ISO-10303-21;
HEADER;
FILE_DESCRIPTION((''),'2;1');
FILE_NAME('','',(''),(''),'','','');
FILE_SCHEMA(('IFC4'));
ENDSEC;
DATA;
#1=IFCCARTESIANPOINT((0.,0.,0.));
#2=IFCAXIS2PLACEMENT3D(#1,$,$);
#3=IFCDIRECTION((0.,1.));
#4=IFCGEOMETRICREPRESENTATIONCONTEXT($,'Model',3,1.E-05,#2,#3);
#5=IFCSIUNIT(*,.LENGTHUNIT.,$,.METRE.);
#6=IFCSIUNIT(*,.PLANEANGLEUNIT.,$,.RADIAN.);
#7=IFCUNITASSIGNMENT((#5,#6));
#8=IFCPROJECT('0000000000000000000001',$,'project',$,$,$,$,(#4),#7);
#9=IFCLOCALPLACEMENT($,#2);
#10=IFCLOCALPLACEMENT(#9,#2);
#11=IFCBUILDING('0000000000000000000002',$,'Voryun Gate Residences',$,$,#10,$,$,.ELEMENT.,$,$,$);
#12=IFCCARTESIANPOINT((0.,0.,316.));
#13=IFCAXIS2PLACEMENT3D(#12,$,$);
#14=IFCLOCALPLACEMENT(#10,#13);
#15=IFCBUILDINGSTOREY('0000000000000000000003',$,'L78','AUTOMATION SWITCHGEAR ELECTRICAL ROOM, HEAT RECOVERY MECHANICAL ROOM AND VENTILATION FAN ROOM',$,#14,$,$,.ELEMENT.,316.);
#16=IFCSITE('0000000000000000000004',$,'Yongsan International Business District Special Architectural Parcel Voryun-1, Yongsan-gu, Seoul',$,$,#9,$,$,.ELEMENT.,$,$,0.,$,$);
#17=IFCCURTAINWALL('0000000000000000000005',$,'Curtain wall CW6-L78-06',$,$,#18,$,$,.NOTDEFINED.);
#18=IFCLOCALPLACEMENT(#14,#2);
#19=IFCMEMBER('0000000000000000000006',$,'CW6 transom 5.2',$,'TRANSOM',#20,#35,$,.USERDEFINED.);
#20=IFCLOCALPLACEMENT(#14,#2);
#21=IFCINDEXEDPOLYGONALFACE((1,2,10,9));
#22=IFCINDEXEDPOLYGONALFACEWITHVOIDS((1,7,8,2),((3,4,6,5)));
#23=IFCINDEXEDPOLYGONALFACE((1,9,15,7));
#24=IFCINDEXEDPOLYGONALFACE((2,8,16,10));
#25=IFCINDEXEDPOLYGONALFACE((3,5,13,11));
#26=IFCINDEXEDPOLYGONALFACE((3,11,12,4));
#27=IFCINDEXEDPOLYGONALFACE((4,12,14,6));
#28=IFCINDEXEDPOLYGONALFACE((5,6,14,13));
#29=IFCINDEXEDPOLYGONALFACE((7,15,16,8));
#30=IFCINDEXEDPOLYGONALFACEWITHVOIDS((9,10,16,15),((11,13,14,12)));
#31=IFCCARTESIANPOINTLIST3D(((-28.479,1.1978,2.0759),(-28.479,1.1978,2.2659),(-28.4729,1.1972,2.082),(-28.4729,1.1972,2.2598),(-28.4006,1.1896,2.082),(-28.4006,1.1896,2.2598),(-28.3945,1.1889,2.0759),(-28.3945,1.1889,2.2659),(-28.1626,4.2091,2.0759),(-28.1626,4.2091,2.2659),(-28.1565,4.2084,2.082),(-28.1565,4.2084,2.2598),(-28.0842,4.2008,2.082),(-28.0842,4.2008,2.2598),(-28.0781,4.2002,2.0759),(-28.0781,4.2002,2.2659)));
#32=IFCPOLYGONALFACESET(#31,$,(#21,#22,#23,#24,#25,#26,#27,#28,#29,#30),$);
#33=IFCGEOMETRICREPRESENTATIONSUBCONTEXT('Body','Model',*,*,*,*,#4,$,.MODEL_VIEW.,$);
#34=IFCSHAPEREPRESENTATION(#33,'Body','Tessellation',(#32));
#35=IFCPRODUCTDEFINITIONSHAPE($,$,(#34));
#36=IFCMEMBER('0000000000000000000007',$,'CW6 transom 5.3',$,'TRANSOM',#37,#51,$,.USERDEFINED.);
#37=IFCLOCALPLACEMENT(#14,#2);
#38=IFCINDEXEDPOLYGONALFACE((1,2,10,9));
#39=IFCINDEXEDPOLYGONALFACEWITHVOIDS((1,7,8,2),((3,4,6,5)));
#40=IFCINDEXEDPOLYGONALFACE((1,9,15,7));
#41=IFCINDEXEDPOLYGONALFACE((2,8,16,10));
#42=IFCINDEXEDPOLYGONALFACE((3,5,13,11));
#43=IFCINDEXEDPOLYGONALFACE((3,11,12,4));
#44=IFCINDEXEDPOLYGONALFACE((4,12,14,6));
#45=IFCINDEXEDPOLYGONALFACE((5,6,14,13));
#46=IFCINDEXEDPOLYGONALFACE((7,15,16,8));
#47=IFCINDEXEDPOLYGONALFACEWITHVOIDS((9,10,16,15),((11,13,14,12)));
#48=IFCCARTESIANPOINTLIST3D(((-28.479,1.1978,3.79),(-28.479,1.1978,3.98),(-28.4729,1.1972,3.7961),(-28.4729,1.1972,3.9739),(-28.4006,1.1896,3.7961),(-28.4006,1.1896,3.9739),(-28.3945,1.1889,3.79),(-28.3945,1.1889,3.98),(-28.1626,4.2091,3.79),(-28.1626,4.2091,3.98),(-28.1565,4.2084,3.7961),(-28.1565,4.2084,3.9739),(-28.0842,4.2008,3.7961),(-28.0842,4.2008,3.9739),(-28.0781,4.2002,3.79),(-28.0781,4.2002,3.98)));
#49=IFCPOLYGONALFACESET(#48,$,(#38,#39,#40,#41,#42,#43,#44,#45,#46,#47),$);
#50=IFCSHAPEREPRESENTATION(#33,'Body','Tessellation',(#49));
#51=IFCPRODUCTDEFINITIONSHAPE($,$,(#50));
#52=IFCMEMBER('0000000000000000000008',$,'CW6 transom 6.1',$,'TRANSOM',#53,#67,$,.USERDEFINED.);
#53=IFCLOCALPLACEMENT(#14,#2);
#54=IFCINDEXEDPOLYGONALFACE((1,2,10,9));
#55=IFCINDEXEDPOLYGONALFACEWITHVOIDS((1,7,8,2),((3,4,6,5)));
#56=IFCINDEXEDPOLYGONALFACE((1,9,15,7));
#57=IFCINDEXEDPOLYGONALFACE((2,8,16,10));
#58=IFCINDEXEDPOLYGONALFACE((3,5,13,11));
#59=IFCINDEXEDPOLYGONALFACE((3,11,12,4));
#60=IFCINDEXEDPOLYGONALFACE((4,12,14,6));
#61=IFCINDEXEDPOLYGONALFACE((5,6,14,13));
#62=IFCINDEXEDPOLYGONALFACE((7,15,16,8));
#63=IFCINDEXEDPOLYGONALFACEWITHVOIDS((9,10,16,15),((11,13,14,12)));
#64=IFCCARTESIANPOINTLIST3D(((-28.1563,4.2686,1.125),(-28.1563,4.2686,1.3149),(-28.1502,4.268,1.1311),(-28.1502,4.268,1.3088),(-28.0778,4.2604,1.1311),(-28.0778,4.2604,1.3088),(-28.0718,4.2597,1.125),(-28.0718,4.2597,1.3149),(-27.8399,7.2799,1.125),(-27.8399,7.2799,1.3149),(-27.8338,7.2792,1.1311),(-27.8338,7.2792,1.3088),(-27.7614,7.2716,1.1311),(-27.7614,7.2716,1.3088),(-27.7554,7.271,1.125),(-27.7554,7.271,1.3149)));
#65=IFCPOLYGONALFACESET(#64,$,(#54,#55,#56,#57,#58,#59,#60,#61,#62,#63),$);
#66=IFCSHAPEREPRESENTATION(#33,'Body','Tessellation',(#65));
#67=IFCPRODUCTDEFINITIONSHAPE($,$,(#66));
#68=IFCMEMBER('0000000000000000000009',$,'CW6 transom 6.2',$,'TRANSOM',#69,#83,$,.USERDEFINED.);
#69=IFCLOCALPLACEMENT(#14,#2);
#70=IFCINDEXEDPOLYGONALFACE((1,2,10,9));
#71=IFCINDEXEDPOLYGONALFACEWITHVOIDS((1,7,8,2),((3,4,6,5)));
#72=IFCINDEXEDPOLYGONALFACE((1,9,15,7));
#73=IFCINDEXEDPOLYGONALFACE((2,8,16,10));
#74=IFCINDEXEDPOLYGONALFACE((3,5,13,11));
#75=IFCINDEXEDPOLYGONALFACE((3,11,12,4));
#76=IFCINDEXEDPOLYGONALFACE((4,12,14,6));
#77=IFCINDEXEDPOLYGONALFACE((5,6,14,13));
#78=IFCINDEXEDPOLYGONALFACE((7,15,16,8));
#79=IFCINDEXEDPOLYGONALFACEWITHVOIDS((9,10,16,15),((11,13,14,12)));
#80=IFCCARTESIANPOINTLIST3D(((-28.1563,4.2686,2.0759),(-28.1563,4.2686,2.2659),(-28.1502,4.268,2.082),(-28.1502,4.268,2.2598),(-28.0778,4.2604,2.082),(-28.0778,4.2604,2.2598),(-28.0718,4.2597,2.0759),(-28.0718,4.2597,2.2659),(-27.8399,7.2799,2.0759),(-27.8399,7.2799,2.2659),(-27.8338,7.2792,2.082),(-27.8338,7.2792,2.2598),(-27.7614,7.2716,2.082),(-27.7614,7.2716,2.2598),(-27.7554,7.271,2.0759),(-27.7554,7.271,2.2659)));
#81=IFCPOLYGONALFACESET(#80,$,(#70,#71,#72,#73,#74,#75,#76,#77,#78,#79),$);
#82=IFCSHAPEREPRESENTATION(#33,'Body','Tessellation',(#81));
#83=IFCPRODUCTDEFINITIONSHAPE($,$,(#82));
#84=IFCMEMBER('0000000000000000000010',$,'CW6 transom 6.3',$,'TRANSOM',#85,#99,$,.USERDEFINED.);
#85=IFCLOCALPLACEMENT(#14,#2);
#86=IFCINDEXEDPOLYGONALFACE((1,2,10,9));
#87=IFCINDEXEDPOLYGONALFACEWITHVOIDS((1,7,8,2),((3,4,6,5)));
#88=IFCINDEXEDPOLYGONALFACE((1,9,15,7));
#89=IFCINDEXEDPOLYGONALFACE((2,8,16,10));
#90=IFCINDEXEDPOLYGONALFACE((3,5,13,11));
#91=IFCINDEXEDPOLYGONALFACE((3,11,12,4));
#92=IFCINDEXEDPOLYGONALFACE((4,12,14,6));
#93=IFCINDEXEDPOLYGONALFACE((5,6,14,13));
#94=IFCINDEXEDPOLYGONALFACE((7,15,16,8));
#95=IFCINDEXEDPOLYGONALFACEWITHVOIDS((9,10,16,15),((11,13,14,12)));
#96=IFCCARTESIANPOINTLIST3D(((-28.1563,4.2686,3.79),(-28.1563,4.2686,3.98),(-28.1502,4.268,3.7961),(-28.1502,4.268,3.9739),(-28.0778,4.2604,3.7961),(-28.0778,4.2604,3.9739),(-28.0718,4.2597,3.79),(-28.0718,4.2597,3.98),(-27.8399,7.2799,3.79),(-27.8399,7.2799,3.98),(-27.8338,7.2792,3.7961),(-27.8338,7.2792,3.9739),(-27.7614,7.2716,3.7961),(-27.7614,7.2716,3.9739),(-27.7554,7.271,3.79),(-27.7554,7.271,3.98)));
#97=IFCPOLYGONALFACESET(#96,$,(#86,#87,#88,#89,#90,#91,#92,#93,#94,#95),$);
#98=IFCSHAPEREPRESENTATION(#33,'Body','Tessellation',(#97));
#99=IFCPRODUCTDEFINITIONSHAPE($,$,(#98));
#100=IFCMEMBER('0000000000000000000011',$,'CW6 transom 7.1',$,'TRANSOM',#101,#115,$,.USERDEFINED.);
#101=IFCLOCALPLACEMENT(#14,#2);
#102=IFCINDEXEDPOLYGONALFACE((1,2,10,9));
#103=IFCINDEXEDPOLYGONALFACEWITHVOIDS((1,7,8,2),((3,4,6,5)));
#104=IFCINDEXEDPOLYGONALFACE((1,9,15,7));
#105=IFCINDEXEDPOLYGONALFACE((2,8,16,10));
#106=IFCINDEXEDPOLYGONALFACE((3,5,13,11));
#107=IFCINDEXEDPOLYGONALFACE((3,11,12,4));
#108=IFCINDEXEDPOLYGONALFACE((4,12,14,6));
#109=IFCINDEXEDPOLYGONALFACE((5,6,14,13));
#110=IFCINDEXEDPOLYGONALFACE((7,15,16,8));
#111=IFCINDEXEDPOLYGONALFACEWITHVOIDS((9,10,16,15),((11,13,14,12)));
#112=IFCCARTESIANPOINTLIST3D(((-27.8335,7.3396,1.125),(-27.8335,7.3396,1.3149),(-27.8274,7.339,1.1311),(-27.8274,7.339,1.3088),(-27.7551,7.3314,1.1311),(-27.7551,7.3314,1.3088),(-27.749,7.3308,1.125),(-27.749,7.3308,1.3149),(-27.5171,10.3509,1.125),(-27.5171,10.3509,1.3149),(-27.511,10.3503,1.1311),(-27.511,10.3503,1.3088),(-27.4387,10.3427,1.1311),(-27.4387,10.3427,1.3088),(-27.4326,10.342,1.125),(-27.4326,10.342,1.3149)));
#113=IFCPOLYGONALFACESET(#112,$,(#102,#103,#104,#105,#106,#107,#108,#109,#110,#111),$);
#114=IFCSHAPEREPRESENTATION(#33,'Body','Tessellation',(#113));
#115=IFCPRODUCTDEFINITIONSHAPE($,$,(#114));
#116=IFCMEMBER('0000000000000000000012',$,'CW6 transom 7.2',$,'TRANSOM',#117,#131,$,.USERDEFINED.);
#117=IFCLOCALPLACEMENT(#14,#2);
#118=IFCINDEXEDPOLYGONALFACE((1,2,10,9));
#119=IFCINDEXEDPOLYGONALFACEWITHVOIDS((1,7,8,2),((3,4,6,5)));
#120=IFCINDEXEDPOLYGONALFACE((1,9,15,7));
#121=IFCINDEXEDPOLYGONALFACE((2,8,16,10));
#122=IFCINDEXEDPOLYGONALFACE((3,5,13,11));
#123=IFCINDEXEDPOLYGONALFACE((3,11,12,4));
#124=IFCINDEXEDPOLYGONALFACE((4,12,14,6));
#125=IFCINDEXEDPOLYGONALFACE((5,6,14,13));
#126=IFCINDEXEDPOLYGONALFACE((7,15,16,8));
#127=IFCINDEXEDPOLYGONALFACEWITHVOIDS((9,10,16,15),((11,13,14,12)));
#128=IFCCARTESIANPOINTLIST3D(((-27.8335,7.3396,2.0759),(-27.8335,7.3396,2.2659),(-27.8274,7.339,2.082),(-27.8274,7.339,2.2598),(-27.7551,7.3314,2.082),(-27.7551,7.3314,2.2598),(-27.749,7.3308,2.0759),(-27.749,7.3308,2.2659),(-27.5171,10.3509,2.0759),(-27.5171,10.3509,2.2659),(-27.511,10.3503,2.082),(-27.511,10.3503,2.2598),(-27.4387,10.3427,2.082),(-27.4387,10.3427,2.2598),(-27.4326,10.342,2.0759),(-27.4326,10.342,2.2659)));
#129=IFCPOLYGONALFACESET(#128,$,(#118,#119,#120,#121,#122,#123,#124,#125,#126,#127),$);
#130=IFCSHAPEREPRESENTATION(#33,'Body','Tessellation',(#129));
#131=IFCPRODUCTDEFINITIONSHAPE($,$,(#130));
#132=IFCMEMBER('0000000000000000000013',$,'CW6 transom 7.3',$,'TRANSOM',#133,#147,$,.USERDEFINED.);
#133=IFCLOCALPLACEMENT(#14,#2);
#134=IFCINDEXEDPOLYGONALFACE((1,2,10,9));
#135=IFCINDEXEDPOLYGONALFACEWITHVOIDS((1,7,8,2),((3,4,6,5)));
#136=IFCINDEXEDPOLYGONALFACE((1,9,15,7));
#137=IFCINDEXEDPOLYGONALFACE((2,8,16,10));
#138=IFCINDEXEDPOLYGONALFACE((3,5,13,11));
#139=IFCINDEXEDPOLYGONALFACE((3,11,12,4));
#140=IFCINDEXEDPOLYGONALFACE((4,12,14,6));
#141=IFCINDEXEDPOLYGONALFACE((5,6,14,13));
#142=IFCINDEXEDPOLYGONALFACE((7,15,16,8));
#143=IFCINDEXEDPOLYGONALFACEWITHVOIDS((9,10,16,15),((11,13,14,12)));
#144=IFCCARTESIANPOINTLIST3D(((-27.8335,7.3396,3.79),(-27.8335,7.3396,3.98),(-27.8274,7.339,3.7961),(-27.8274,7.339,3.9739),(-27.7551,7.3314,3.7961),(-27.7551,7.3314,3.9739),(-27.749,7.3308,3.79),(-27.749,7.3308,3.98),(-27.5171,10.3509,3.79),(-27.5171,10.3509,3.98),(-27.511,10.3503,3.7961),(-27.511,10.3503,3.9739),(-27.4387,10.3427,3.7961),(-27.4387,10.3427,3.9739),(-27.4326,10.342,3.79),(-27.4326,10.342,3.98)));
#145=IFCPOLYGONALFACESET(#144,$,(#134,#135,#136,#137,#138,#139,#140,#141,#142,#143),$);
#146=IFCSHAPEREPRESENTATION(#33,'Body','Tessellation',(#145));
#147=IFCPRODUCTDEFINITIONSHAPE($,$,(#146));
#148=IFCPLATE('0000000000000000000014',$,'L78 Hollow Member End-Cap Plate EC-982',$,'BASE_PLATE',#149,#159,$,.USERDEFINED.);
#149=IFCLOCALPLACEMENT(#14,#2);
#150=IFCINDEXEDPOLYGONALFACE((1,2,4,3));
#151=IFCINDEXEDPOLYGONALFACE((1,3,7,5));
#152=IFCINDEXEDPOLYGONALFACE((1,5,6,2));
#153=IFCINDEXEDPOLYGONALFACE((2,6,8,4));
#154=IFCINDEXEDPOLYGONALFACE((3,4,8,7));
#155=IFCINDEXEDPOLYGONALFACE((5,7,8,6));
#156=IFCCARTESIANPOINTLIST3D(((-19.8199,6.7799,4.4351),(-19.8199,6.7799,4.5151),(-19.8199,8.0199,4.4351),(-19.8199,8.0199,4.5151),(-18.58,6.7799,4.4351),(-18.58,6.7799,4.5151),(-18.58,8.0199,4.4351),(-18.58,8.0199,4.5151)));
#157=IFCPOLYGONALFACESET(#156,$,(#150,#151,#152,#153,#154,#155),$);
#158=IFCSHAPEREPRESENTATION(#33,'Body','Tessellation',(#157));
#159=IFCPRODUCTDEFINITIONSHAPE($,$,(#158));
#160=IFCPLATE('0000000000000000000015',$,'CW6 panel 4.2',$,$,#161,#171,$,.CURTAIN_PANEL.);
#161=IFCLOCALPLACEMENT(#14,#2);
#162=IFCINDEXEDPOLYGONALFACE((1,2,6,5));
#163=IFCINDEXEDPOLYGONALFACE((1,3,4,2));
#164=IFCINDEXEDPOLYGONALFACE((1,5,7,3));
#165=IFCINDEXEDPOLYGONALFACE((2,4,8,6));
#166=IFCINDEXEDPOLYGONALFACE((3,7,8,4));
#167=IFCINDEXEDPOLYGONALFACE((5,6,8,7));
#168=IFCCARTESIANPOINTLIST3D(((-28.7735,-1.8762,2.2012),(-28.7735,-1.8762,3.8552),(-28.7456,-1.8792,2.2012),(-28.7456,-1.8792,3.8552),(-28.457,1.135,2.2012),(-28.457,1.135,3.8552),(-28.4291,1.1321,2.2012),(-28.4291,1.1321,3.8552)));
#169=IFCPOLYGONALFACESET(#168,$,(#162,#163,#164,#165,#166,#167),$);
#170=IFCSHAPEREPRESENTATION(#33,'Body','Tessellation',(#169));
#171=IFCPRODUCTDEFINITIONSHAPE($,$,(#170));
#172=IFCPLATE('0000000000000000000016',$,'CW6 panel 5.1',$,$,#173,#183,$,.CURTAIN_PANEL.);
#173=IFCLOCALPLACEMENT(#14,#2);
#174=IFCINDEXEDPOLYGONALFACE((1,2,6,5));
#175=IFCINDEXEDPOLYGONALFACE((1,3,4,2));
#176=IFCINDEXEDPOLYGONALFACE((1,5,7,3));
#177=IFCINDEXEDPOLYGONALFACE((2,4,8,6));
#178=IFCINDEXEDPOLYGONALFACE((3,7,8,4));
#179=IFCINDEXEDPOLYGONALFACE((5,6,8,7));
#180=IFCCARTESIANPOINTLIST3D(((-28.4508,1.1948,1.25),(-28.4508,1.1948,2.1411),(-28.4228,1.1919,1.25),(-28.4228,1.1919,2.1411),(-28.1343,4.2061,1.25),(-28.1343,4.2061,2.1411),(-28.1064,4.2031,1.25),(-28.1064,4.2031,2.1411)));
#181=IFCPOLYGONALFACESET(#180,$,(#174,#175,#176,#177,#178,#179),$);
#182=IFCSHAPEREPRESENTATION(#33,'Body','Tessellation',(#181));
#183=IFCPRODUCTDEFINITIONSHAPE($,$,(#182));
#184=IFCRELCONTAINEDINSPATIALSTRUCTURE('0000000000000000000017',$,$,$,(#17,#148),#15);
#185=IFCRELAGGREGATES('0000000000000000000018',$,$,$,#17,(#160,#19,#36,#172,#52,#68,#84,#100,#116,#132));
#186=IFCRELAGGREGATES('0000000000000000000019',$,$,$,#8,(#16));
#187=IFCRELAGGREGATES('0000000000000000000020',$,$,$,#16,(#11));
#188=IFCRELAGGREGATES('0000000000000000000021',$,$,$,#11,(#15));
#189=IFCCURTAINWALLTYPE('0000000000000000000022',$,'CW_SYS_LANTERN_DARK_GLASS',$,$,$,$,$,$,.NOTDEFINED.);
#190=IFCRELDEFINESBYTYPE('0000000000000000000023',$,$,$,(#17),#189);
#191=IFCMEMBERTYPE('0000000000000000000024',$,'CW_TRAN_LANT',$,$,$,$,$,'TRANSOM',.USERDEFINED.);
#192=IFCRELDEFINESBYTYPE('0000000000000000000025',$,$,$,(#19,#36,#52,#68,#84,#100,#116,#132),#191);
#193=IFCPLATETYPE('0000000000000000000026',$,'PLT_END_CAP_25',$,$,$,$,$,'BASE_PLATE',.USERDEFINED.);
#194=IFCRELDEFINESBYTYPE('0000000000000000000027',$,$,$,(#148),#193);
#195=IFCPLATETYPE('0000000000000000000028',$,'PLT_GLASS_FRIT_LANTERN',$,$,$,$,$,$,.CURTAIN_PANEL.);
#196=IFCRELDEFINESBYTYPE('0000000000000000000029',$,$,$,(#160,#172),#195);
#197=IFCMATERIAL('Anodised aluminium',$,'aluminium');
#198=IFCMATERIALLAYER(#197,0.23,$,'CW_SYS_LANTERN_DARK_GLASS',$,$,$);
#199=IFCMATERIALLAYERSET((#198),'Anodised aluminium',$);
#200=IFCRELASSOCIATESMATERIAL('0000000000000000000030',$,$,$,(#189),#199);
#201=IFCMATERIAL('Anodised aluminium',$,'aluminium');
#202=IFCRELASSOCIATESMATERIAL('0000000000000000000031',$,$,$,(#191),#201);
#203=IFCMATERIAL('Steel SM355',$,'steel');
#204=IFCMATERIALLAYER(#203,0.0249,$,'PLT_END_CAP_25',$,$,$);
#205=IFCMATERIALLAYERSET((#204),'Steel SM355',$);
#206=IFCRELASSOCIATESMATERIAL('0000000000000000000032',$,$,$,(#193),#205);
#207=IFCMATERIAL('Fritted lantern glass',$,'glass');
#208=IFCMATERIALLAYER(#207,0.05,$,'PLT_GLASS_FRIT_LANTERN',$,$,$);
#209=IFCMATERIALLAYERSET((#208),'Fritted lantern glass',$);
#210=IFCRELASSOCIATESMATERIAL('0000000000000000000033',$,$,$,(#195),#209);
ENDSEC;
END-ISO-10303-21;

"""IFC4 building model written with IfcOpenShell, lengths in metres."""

from ifc_helpers import new_model, si_unit, direction, frame, origin, origin_2d, place, context, subcontext, project, spatial, rectangle, hollow_rectangle, extrude, material, layer, layer_set, material_profile, profile_set, type_object, element, aggregate, save


model = new_model("IFC4")

# Units and contexts
model_context = context("Model", 3, precision=1e-05, world=origin(), true_north=direction((0.0, 1.0)))
body_context = subcontext(model_context, "Body", "Model", "MODEL_VIEW")
ifc_project = project(units=[si_unit("LENGTHUNIT", "METRE"), si_unit("PLANEANGLEUNIT", "RADIAN")], contexts=[model_context])

# Site, building, storey
site_placement = place(None, origin())
site = spatial("IfcSite", under=ifc_project, at=site_placement, Name="Yongsan International Business District Special Architectural Parcel Voryun-1, Yongsan-gu, Seoul", CompositionType="ELEMENT", RefElevation=0.0)
building_placement = place(site_placement, origin())
building = spatial("IfcBuilding", under=site, at=building_placement, Name="Voryun Gate Residences", CompositionType="ELEMENT")
storey_placement = place(building_placement, frame((0.0, 0.0, 316.0)))
storey = spatial("IfcBuildingStorey", under=building, at=storey_placement, Name="L78", Description="AUTOMATION SWITCHGEAR ELECTRICAL ROOM, HEAT RECOVERY MECHANICAL ROOM AND VENTILATION FAN ROOM", CompositionType="ELEMENT", Elevation=316.0)

# Curtain wall, members
ifc_material_1 = material(Name="Anodised aluminium", Category="aluminium")
ifc_layer_1 = layer(ifc_material_1, 0.23, Name="CW_SYS_LANTERN_DARK_GLASS")
ifc_layer_set_1 = layer_set([ifc_layer_1], Name="Anodised aluminium")
curtain_wall_type = type_object("IfcCurtainWallType", Name="CW_SYS_LANTERN_DARK_GLASS", PredefinedType="NOTDEFINED", material=ifc_layer_set_1)
curtain_wall_placement = place(storey_placement, origin())
curtain_wall = element("IfcCurtainWall", 1, at=curtain_wall_placement, inside=storey, type_object=curtain_wall_type, Name="Curtain wall CW6-L78-06", PredefinedType="NOTDEFINED")
ifc_material_2 = material(Name="Anodised aluminium", Category="aluminium")
ifc_material_profile_1 = material_profile(ifc_material_2, hollow_rectangle(XDim=0.085, YDim=0.1899, WallThickness=0.0061, at=origin_2d()), Name="ALU-TRAN-190x85x6")
ifc_profile_set_1 = profile_set([ifc_material_profile_1], Name="Anodised aluminium")
member_type_1 = type_object("IfcMemberType", Name="CW_TRAN_LANT", ElementType="TRANSOM", PredefinedType="USERDEFINED", material=ifc_profile_set_1)
member_1_placement = place(storey_placement, frame((-28.4368, 1.1934, 2.1709), z_axis=(0.1045, 0.994525, 0.0), x_axis=(-0.994525, 0.1045, 0.0)))
member_1 = element("IfcMember", 2, at=member_1_placement, type_object=member_type_1, Name="CW6 transom 5.2", ObjectType="TRANSOM", PredefinedType="USERDEFINED", context=body_context, shape_type="SweptSolid", body=[
    extrude(hollow_rectangle(XDim=0.085, YDim=0.1899, WallThickness=0.0061, at=origin_2d()), origin(), (0.0, 0.0, 1.0), 3.0278),
])
member_2_placement = place(storey_placement, frame((-28.4368, 1.1934, 3.885), z_axis=(0.1045, 0.994525, 0.0), x_axis=(-0.994525, 0.1045, 0.0)))
member_2 = element("IfcMember", 3, at=member_2_placement, type_object=member_type_1, Name="CW6 transom 5.3", ObjectType="TRANSOM", PredefinedType="USERDEFINED", context=body_context, shape_type="SweptSolid", body=[
    extrude(hollow_rectangle(XDim=0.085, YDim=0.1899, WallThickness=0.0061, at=origin_2d()), origin(), (0.0, 0.0, 1.0), 3.0278),
])
member_3_placement = place(storey_placement, frame((-28.114, 4.2642, 1.22), z_axis=(0.1045, 0.994525, 0.0), x_axis=(-0.994525, 0.1045, 0.0)))
member_3 = element("IfcMember", 4, at=member_3_placement, type_object=member_type_1, Name="CW6 transom 6.1", ObjectType="TRANSOM", PredefinedType="USERDEFINED", context=body_context, shape_type="SweptSolid", body=[
    extrude(hollow_rectangle(XDim=0.085, YDim=0.1899, WallThickness=0.0061, at=origin_2d()), origin(), (0.0, 0.0, 1.0), 3.0278),
])
member_4_placement = place(storey_placement, frame((-28.114, 4.2642, 2.1709), z_axis=(0.1045, 0.994525, 0.0), x_axis=(-0.994525, 0.1045, 0.0)))
member_4 = element("IfcMember", 5, at=member_4_placement, type_object=member_type_1, Name="CW6 transom 6.2", ObjectType="TRANSOM", PredefinedType="USERDEFINED", context=body_context, shape_type="SweptSolid", body=[
    extrude(hollow_rectangle(XDim=0.085, YDim=0.1899, WallThickness=0.0061, at=origin_2d()), origin(), (0.0, 0.0, 1.0), 3.0278),
])
member_5_placement = place(storey_placement, frame((-28.114, 4.2642, 3.885), z_axis=(0.1045, 0.994525, 0.0), x_axis=(-0.994525, 0.1045, 0.0)))
member_5 = element("IfcMember", 6, at=member_5_placement, type_object=member_type_1, Name="CW6 transom 6.3", ObjectType="TRANSOM", PredefinedType="USERDEFINED", context=body_context, shape_type="SweptSolid", body=[
    extrude(hollow_rectangle(XDim=0.085, YDim=0.1899, WallThickness=0.0061, at=origin_2d()), origin(), (0.0, 0.0, 1.0), 3.0278),
])
member_6_placement = place(storey_placement, frame((-27.7913, 7.3352, 1.22), z_axis=(0.1045, 0.994525, 0.0), x_axis=(-0.994525, 0.1045, 0.0)))
member_6 = element("IfcMember", 7, at=member_6_placement, type_object=member_type_1, Name="CW6 transom 7.1", ObjectType="TRANSOM", PredefinedType="USERDEFINED", context=body_context, shape_type="SweptSolid", body=[
    extrude(hollow_rectangle(XDim=0.085, YDim=0.1899, WallThickness=0.0061, at=origin_2d()), origin(), (0.0, 0.0, 1.0), 3.0278),
])
member_7_placement = place(storey_placement, frame((-27.7913, 7.3352, 2.1709), z_axis=(0.1045, 0.994525, 0.0), x_axis=(-0.994525, 0.1045, 0.0)))
member_7 = element("IfcMember", 8, at=member_7_placement, type_object=member_type_1, Name="CW6 transom 7.2", ObjectType="TRANSOM", PredefinedType="USERDEFINED", context=body_context, shape_type="SweptSolid", body=[
    extrude(hollow_rectangle(XDim=0.085, YDim=0.1899, WallThickness=0.0061, at=origin_2d()), origin(), (0.0, 0.0, 1.0), 3.0278),
])
member_8_placement = place(storey_placement, frame((-27.7913, 7.3352, 3.885), z_axis=(0.1045, 0.994525, 0.0), x_axis=(-0.994525, 0.1045, 0.0)))
member_8 = element("IfcMember", 9, at=member_8_placement, type_object=member_type_1, Name="CW6 transom 7.3", ObjectType="TRANSOM", PredefinedType="USERDEFINED", context=body_context, shape_type="SweptSolid", body=[
    extrude(hollow_rectangle(XDim=0.085, YDim=0.1899, WallThickness=0.0061, at=origin_2d()), origin(), (0.0, 0.0, 1.0), 3.0278),
])

# Plates
ifc_material_3 = material(Name="Steel SM355", Category="steel")
ifc_layer_2 = layer(ifc_material_3, 0.0249, Name="PLT_END_CAP_25")
ifc_layer_set_2 = layer_set([ifc_layer_2], Name="Steel SM355")
plate_type_1 = type_object("IfcPlateType", Name="PLT_END_CAP_25", ElementType="BASE_PLATE", PredefinedType="USERDEFINED", material=ifc_layer_set_2)
plate_1_placement = place(storey_placement, frame((-19.2, 7.3999, 4.4351), z_axis=(0.0, 0.0, 1.0), x_axis=(1.0, 0.0, 0.0)))
element("IfcPlate", 10, at=plate_1_placement, inside=storey, type_object=plate_type_1, Name="L78 Hollow Member End-Cap Plate EC-982", ObjectType="BASE_PLATE", PredefinedType="USERDEFINED", context=body_context, shape_type="SweptSolid", body=[
    extrude(rectangle(XDim=1.24, YDim=1.24, at=origin_2d()), origin(), (0.0, 0.0, 1.0), 0.0801),
])
ifc_material_4 = material(Name="Fritted lantern glass", Category="glass")
ifc_layer_3 = layer(ifc_material_4, 0.05, Name="PLT_GLASS_FRIT_LANTERN")
ifc_layer_set_3 = layer_set([ifc_layer_3], Name="Fritted lantern glass")
plate_type_2 = type_object("IfcPlateType", Name="PLT_GLASS_FRIT_LANTERN", PredefinedType="CURTAIN_PANEL", material=ifc_layer_set_3)
plate_2_placement = place(storey_placement, frame((-28.6013, -0.3721, 2.2012), z_axis=(0.0, 0.0, 1.0), x_axis=(0.104528, 0.994522, 0.0)))
plate_2 = element("IfcPlate", 11, at=plate_2_placement, type_object=plate_type_2, Name="CW6 panel 4.2", PredefinedType="CURTAIN_PANEL", context=body_context, shape_type="SweptSolid", body=[
    extrude(rectangle(XDim=3.0278, YDim=0.0281, at=origin_2d()), origin(), (0.0, 0.0, 1.0), 1.6541),
])
plate_3_placement = place(storey_placement, frame((-28.2786, 2.699, 1.25), z_axis=(0.0, 0.0, 1.0), x_axis=(0.104528, 0.994522, 0.0)))
plate_3 = element("IfcPlate", 12, at=plate_3_placement, type_object=plate_type_2, Name="CW6 panel 5.1", PredefinedType="CURTAIN_PANEL", context=body_context, shape_type="SweptSolid", body=[
    extrude(rectangle(XDim=3.0278, YDim=0.0281, at=origin_2d()), origin(), (0.0, 0.0, 1.0), 0.8911),
])
aggregate(curtain_wall, [plate_2, member_1, member_2, plate_3, member_3, member_4, member_5, member_6, member_7, member_8])

save(model, "model.ifc")
